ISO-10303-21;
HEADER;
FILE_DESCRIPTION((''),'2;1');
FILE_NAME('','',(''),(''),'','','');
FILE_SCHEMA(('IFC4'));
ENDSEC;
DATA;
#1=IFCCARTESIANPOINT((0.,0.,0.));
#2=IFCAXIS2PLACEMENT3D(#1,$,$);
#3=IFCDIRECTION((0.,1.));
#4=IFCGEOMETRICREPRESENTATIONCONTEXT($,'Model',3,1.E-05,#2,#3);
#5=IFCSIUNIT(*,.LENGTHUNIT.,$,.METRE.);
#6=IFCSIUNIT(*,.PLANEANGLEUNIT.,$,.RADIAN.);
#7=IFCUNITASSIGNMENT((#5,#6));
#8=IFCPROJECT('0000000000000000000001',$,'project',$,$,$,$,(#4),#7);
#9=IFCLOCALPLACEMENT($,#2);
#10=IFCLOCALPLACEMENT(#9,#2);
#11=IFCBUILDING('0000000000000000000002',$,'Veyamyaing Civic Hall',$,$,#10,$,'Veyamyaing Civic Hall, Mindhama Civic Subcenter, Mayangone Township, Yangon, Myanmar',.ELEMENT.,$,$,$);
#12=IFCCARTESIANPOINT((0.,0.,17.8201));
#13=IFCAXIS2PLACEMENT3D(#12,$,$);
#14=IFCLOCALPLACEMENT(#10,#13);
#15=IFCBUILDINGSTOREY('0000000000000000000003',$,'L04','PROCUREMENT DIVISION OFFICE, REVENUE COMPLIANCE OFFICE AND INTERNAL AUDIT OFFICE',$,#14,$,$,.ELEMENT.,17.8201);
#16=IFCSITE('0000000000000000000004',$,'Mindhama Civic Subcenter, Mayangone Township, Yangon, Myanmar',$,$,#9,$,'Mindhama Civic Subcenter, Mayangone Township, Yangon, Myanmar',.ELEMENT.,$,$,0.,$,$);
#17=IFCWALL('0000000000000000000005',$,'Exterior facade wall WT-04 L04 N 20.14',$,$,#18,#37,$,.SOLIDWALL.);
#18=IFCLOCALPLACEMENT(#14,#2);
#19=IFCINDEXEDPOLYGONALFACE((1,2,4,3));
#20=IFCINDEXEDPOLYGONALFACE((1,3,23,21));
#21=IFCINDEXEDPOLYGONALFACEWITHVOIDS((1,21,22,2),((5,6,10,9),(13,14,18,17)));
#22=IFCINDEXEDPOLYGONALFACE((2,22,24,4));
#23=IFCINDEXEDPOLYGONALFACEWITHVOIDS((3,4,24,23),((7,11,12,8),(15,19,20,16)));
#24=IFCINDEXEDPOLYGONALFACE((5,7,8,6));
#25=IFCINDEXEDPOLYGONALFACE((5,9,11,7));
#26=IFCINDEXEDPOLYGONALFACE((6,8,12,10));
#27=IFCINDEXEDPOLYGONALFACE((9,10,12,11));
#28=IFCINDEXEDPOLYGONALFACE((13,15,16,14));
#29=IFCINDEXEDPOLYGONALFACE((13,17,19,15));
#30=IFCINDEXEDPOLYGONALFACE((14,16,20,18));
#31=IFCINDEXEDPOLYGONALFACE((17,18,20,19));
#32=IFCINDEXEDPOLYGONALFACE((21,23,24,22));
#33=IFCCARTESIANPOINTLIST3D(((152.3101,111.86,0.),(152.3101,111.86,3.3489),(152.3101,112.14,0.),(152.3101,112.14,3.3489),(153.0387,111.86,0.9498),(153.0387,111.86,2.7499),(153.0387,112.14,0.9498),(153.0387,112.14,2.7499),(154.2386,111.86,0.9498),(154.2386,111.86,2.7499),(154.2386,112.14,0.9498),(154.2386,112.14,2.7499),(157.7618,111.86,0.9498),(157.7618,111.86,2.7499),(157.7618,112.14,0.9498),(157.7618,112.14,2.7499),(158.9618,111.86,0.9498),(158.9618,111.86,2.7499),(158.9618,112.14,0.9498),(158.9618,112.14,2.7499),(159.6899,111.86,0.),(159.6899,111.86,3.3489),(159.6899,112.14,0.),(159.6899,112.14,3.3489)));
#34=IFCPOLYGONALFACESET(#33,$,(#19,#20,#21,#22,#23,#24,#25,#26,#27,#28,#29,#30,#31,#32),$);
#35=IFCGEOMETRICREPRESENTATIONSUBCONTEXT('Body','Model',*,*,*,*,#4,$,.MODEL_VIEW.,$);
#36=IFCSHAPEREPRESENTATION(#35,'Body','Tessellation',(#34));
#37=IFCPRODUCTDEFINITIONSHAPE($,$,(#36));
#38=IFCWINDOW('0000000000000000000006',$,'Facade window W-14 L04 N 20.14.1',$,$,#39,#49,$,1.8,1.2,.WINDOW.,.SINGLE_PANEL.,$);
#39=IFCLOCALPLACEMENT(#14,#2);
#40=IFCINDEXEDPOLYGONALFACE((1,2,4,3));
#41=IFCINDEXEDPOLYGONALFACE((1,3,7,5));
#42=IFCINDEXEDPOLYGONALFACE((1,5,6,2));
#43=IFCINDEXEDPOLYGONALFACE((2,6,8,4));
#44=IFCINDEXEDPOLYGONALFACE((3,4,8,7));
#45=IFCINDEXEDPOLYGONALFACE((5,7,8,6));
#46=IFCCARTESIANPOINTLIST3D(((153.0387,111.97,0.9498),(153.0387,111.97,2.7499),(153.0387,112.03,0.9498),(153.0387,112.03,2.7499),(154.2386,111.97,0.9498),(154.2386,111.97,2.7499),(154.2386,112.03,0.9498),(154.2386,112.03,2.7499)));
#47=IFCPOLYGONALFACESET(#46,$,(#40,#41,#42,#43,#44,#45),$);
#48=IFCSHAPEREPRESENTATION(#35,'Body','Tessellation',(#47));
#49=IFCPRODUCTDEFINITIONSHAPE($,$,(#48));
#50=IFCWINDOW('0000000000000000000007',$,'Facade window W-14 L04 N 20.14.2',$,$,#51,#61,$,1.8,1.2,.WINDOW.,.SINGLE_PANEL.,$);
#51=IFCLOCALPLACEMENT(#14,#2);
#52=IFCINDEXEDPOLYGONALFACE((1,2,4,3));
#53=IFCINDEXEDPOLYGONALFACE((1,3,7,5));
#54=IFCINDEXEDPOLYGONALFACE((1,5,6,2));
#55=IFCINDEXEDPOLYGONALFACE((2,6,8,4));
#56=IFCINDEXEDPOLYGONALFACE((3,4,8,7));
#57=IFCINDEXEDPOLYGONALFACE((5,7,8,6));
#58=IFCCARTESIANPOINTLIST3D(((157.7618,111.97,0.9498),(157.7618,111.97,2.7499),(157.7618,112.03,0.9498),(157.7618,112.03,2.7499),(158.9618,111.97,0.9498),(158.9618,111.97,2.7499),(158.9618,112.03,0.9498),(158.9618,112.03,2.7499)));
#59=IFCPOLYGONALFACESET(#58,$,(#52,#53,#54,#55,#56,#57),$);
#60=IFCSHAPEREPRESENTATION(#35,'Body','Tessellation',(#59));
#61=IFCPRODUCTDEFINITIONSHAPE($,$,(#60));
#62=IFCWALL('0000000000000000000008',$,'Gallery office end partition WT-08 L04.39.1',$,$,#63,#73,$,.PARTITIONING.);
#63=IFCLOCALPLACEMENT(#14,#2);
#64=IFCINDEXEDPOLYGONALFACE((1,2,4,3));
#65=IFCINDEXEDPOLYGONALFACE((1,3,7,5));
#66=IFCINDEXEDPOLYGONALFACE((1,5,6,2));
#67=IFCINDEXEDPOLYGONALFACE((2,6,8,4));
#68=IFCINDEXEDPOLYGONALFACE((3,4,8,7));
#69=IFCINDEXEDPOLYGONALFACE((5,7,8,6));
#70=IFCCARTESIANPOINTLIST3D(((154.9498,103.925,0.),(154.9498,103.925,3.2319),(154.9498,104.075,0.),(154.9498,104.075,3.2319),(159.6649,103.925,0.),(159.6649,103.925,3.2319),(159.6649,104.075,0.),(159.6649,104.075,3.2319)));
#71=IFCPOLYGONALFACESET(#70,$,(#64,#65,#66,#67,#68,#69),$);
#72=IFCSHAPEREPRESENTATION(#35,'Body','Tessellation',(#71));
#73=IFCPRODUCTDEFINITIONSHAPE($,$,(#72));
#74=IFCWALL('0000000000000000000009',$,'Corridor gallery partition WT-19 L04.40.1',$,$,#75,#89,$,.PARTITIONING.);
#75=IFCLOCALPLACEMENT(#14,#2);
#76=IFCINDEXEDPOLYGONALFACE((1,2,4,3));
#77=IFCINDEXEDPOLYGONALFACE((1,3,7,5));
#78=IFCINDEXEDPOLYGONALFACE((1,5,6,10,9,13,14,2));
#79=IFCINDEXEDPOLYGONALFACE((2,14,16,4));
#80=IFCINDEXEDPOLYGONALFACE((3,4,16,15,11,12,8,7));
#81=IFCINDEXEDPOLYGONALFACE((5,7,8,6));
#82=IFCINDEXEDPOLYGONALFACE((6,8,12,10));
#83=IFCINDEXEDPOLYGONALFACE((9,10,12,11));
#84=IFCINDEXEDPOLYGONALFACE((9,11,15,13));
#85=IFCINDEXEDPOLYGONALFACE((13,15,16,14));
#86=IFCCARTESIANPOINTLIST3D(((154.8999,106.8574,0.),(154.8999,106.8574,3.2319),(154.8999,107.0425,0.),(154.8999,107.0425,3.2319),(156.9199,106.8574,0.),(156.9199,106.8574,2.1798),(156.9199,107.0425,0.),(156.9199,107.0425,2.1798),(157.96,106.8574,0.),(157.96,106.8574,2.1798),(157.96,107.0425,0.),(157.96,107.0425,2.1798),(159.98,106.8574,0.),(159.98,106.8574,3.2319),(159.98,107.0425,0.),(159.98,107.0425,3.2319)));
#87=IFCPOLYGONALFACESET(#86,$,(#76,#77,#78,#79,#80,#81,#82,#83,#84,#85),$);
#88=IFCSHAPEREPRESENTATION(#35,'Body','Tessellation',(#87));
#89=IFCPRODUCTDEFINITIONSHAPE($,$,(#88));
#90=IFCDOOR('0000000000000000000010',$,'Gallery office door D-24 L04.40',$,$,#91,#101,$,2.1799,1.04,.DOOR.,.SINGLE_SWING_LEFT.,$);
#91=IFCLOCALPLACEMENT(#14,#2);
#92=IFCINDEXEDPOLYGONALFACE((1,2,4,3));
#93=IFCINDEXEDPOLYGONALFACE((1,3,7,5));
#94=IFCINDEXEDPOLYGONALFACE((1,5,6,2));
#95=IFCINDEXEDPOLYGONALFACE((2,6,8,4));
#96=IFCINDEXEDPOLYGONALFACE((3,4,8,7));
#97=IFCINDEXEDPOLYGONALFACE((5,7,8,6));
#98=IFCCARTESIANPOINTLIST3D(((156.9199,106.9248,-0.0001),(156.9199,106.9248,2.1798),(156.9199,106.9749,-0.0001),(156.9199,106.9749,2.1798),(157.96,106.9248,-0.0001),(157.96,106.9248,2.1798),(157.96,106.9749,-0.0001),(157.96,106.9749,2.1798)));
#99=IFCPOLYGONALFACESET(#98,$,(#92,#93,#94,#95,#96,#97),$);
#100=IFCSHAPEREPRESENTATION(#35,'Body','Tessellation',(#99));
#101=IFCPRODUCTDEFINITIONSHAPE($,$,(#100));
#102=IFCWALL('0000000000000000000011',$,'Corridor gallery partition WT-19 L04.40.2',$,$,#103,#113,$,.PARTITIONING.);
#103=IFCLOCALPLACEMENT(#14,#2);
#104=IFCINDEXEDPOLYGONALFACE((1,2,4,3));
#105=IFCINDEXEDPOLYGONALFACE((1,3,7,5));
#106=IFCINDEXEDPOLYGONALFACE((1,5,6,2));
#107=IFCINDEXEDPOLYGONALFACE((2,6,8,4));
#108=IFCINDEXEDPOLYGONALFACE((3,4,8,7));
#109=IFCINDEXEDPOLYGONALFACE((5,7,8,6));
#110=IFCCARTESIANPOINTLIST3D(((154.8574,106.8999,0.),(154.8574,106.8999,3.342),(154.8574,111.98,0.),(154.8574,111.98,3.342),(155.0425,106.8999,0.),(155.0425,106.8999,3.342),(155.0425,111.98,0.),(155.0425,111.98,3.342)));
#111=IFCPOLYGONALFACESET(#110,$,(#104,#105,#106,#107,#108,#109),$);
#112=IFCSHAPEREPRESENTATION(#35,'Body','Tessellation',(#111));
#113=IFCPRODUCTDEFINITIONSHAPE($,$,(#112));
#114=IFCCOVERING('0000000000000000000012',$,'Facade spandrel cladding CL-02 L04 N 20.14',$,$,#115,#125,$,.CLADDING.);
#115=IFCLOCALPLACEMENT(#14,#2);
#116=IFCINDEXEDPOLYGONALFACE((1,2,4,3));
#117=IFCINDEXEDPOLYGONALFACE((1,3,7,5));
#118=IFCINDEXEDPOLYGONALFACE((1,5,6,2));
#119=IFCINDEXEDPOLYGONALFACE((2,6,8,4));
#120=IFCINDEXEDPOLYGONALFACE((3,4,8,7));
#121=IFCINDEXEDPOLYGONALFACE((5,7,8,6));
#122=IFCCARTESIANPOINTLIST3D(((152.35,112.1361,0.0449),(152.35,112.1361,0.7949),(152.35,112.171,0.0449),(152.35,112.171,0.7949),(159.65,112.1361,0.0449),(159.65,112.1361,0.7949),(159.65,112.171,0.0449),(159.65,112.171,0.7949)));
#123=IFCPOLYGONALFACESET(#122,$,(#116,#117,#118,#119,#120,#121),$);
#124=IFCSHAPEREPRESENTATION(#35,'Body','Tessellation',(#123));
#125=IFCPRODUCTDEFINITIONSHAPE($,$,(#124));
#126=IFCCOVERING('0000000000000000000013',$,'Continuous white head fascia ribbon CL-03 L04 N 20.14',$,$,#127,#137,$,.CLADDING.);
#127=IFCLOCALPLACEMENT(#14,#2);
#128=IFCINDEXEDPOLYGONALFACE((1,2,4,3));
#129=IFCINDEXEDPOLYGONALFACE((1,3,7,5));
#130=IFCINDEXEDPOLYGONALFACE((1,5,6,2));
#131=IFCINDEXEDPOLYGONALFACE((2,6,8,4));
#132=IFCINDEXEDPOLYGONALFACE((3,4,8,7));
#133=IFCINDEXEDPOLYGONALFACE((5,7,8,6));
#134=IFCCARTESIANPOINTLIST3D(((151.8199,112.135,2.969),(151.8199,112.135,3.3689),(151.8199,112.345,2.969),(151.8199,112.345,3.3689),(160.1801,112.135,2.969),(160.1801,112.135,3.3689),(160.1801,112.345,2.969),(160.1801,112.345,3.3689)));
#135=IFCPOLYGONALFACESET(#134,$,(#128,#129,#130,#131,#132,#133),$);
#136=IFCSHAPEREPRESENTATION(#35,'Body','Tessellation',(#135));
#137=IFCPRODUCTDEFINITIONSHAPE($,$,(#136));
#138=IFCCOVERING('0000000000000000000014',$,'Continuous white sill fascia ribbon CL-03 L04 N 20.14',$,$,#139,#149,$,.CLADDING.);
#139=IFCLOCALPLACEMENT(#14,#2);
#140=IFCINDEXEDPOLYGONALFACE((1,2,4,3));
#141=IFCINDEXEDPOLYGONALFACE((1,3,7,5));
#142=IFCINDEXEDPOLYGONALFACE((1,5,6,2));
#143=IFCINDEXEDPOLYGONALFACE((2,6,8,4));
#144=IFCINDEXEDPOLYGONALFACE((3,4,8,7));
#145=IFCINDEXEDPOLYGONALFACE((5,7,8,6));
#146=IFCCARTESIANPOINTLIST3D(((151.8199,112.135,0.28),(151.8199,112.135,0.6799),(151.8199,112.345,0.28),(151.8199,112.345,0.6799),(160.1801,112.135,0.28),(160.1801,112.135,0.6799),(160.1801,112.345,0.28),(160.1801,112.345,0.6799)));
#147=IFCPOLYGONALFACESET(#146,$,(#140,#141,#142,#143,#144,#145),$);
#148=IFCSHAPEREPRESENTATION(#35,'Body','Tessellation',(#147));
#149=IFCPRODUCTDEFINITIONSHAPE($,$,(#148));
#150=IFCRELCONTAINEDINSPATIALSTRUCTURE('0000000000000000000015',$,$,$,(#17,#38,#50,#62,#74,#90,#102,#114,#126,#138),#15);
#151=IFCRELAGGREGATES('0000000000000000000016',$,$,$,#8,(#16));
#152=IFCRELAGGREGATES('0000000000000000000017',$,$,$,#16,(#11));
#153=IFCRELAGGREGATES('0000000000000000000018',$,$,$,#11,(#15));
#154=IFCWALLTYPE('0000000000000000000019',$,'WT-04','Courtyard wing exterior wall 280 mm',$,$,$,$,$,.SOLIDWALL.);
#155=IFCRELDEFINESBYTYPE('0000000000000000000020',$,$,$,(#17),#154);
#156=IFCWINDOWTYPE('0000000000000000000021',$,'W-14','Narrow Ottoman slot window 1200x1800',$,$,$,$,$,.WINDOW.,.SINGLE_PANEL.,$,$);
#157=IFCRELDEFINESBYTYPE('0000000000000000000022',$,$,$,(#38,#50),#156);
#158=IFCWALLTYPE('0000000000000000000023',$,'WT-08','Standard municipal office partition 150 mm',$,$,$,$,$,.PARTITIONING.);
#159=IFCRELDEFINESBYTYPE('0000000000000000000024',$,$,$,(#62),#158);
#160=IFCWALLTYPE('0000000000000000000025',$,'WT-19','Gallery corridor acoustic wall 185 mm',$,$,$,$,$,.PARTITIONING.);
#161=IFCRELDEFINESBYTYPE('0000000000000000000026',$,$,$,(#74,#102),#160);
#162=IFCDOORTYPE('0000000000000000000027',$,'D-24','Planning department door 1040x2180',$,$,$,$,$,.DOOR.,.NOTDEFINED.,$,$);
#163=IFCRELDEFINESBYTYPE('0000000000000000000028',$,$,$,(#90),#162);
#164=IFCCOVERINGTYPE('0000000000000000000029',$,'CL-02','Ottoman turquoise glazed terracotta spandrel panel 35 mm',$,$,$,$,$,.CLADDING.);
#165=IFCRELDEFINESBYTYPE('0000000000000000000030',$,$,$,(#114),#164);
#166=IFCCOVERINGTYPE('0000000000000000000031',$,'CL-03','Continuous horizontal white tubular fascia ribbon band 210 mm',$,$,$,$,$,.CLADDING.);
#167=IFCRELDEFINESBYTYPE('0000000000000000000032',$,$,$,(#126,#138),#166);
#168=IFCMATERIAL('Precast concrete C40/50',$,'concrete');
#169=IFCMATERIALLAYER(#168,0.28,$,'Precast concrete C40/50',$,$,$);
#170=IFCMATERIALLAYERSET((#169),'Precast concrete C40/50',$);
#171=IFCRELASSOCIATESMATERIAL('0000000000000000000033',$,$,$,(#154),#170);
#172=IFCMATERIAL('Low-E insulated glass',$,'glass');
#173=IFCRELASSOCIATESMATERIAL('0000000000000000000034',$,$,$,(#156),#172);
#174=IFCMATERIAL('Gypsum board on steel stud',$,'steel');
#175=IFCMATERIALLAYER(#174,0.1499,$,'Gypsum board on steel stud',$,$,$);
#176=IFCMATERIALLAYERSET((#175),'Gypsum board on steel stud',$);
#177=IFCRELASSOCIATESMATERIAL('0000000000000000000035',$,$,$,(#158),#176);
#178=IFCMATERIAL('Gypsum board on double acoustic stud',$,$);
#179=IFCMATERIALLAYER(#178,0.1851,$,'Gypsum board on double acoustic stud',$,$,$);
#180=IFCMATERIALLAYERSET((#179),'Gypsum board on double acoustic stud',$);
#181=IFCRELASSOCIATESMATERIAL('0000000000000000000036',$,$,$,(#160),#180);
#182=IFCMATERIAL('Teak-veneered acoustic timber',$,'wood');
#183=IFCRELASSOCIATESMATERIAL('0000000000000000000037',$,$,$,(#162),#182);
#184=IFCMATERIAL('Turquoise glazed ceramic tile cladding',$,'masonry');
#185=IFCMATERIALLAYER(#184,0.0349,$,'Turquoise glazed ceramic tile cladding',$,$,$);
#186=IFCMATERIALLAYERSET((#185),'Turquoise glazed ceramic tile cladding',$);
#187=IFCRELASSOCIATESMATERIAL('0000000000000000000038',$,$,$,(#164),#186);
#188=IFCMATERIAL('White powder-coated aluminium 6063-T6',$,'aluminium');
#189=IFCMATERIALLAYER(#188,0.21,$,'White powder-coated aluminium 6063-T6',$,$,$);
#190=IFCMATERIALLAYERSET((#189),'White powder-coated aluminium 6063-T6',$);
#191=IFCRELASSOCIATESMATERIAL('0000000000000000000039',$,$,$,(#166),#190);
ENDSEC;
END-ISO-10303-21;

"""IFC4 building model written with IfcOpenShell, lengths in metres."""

from ifc_helpers import new_model, si_unit, direction, frame, frame_2d, origin, origin_2d, place, context, subcontext, project, spatial, rectangle, extrude, material, layer, layer_set, type_object, element, fill, save


model = new_model("IFC4")

# Units and contexts
model_context = context("Model", 3, precision=1e-05, world=origin(), true_north=direction((0.0, 1.0)))
body_context = subcontext(model_context, "Body", "Model", "MODEL_VIEW")
ifc_project = project(units=[si_unit("LENGTHUNIT", "METRE"), si_unit("PLANEANGLEUNIT", "RADIAN")], contexts=[model_context])

# Site, building, storey
site_placement = place(None, origin())
site = spatial("IfcSite", under=ifc_project, at=site_placement, Name="Mindhama Civic Subcenter, Mayangone Township, Yangon, Myanmar", LongName="Mindhama Civic Subcenter, Mayangone Township, Yangon, Myanmar", CompositionType="ELEMENT", RefElevation=0.0)
building_placement = place(site_placement, origin())
building = spatial("IfcBuilding", under=site, at=building_placement, Name="Veyamyaing Civic Hall", LongName="Veyamyaing Civic Hall, Mindhama Civic Subcenter, Mayangone Township, Yangon, Myanmar", CompositionType="ELEMENT")
storey_placement = place(building_placement, frame((0.0, 0.0, 17.8201)))
storey = spatial("IfcBuildingStorey", under=building, at=storey_placement, Name="L04", Description="PROCUREMENT DIVISION OFFICE, REVENUE COMPLIANCE OFFICE AND INTERNAL AUDIT OFFICE", CompositionType="ELEMENT", Elevation=17.8201)

# Wall, openings, windows
ifc_material_1 = material(Name="Precast concrete C40/50", Category="concrete")
ifc_layer_1 = layer(ifc_material_1, 0.28, Name="Precast concrete C40/50")
ifc_layer_set_1 = layer_set([ifc_layer_1], Name="Precast concrete C40/50")
wall_type_1 = type_object("IfcWallType", Name="WT-04", Description="Courtyard wing exterior wall 280 mm", PredefinedType="SOLIDWALL", material=ifc_layer_set_1)
wall_1_placement = place(storey_placement, frame((152.3101, 112.0, 0.0), z_axis=(0.0, 0.0, 1.0), x_axis=(1.0, 0.0, 0.0)))
wall_1 = element("IfcWall", 1, at=wall_1_placement, inside=storey, type_object=wall_type_1, Name="Exterior facade wall WT-04 L04 N 20.14", PredefinedType="SOLIDWALL", context=body_context, shape_type="SweptSolid", body=[
    extrude(rectangle(XDim=7.3799, YDim=0.28, at=frame_2d((3.6899, 0.0))), origin(), (0.0, 0.0, 1.0), 3.3489),
])
opening_1_placement = place(wall_1_placement, frame((0.7285, 0.0, 0.95)))
opening_1 = element("IfcOpeningElement", 2, at=opening_1_placement, cuts=wall_1, PredefinedType="OPENING", context=body_context, shape_type="SweptSolid", body=[
    extrude(rectangle(XDim=1.2, YDim=1.8, at=frame_2d((0.6001, 0.8999))), frame((0.0, 0.1499, 0.0), z_axis=(0.0, -1.0, 0.0), x_axis=(1.0, 0.0, 0.0)), (0.0, 0.0, 1.0), 0.3),
])
opening_2_placement = place(wall_1_placement, frame((5.4517, 0.0, 0.95)))
opening_2 = element("IfcOpeningElement", 3, at=opening_2_placement, cuts=wall_1, PredefinedType="OPENING", context=body_context, shape_type="SweptSolid", body=[
    extrude(rectangle(XDim=1.2, YDim=1.8, at=frame_2d((0.6001, 0.8999))), frame((0.0, 0.1499, 0.0), z_axis=(0.0, -1.0, 0.0), x_axis=(1.0, 0.0, 0.0)), (0.0, 0.0, 1.0), 0.3),
])
ifc_material_2 = material(Name="Low-E insulated glass", Category="glass")
window_type = type_object("IfcWindowType", Name="W-14", Description="Narrow Ottoman slot window 1200x1800", PartitioningType="SINGLE_PANEL", PredefinedType="WINDOW", material=ifc_material_2)
window_1_placement = place(opening_1_placement, origin())
window_1 = element("IfcWindow", 4, at=window_1_placement, inside=storey, type_object=window_type, Name="Facade window W-14 L04 N 20.14.1", OverallHeight=1.8, OverallWidth=1.2, PartitioningType="SINGLE_PANEL", PredefinedType="WINDOW", context=body_context, shape_type="SweptSolid", body=[
    extrude(rectangle(XDim=1.2, YDim=1.8, at=frame_2d((0.6001, 0.8999))), frame((0.0, 0.03, 0.0), z_axis=(0.0, -1.0, 0.0), x_axis=(1.0, 0.0, 0.0)), (0.0, 0.0, 1.0), 0.0601),
])
fill(opening_1, window_1)
window_2_placement = place(opening_2_placement, origin())
window_2 = element("IfcWindow", 5, at=window_2_placement, inside=storey, type_object=window_type, Name="Facade window W-14 L04 N 20.14.2", OverallHeight=1.8, OverallWidth=1.2, PartitioningType="SINGLE_PANEL", PredefinedType="WINDOW", context=body_context, shape_type="SweptSolid", body=[
    extrude(rectangle(XDim=1.2, YDim=1.8, at=frame_2d((0.6001, 0.8999))), frame((0.0, 0.03, 0.0), z_axis=(0.0, -1.0, 0.0), x_axis=(1.0, 0.0, 0.0)), (0.0, 0.0, 1.0), 0.0601),
])
fill(opening_2, window_2)

# Wall
ifc_material_3 = material(Name="Gypsum board on steel stud", Category="steel")
ifc_layer_2 = layer(ifc_material_3, 0.1499, Name="Gypsum board on steel stud")
ifc_layer_set_2 = layer_set([ifc_layer_2], Name="Gypsum board on steel stud")
wall_type_2 = type_object("IfcWallType", Name="WT-08", Description="Standard municipal office partition 150 mm", PredefinedType="PARTITIONING", material=ifc_layer_set_2)
wall_2_placement = place(storey_placement, frame((154.95, 104.0, 0.0), z_axis=(0.0, 0.0, 1.0), x_axis=(1.0, 0.0, 0.0)))
element("IfcWall", 6, at=wall_2_placement, inside=storey, type_object=wall_type_2, Name="Gallery office end partition WT-08 L04.39.1", PredefinedType="PARTITIONING", context=body_context, shape_type="SweptSolid", body=[
    extrude(rectangle(XDim=4.7151, YDim=0.1499, at=frame_2d((2.3574, 0.0))), origin(), (0.0, 0.0, 1.0), 3.2319),
])

# Wall, opening, door
ifc_material_4 = material(Name="Gypsum board on double acoustic stud")
ifc_layer_3 = layer(ifc_material_4, 0.1851, Name="Gypsum board on double acoustic stud")
ifc_layer_set_3 = layer_set([ifc_layer_3], Name="Gypsum board on double acoustic stud")
wall_type_3 = type_object("IfcWallType", Name="WT-19", Description="Gallery corridor acoustic wall 185 mm", PredefinedType="PARTITIONING", material=ifc_layer_set_3)
wall_3_placement = place(storey_placement, frame((154.8999, 106.95, 0.0), z_axis=(0.0, 0.0, 1.0), x_axis=(1.0, 0.0, 0.0)))
wall_3 = element("IfcWall", 7, at=wall_3_placement, inside=storey, type_object=wall_type_3, Name="Corridor gallery partition WT-19 L04.40.1", PredefinedType="PARTITIONING", context=body_context, shape_type="SweptSolid", body=[
    extrude(rectangle(XDim=5.0801, YDim=0.1851, at=frame_2d((2.54, 0.0))), origin(), (0.0, 0.0, 1.0), 3.2319),
])
opening_3_placement = place(wall_3_placement, frame((2.02, 0.0, 0.0)))
opening_3 = element("IfcOpeningElement", 8, at=opening_3_placement, cuts=wall_3, PredefinedType="OPENING", context=body_context, shape_type="SweptSolid", body=[
    extrude(rectangle(XDim=1.04, YDim=2.1799, at=frame_2d((0.52, 1.0898))), frame((0.0, 0.1025, 0.0), z_axis=(0.0, -1.0, 0.0), x_axis=(1.0, 0.0, 0.0)), (0.0, 0.0, 1.0), 0.2051),
])
ifc_material_5 = material(Name="Teak-veneered acoustic timber", Category="wood")
door_type = type_object("IfcDoorType", Name="D-24", Description="Planning department door 1040x2180", OperationType="NOTDEFINED", PredefinedType="DOOR", material=ifc_material_5)
door_placement = place(opening_3_placement, origin())
door = element("IfcDoor", 9, at=door_placement, inside=storey, type_object=door_type, Name="Gallery office door D-24 L04.40", OperationType="SINGLE_SWING_LEFT", OverallHeight=2.1799, OverallWidth=1.04, PredefinedType="DOOR", context=body_context, shape_type="SweptSolid", body=[
    extrude(rectangle(XDim=1.04, YDim=2.1799, at=frame_2d((0.52, 1.0898))), frame((0.0, 0.0249, 0.0), z_axis=(0.0, -1.0, 0.0), x_axis=(1.0, 0.0, 0.0)), (0.0, 0.0, 1.0), 0.05),
])
fill(opening_3, door)

# Wall
wall_4_placement = place(storey_placement, frame((154.95, 106.8999, 0.0), z_axis=(0.0, 0.0, 1.0), x_axis=(0.0, 1.0, 0.0)))
element("IfcWall", 10, at=wall_4_placement, inside=storey, type_object=wall_type_3, Name="Corridor gallery partition WT-19 L04.40.2", PredefinedType="PARTITIONING", context=body_context, shape_type="SweptSolid", body=[
    extrude(rectangle(XDim=5.0801, YDim=0.1851, at=frame_2d((2.54, 0.0))), origin(), (0.0, 0.0, 1.0), 3.342),
])

# Coverings
ifc_material_6 = material(Name="Turquoise glazed ceramic tile cladding", Category="masonry")
ifc_layer_4 = layer(ifc_material_6, 0.0349, Name="Turquoise glazed ceramic tile cladding")
ifc_layer_set_4 = layer_set([ifc_layer_4], Name="Turquoise glazed ceramic tile cladding")
covering_type_1 = type_object("IfcCoveringType", Name="CL-02", Description="Ottoman turquoise glazed terracotta spandrel panel 35 mm", PredefinedType="CLADDING", material=ifc_layer_set_4)
covering_placement = place(storey_placement, frame((156.0, 112.1536, 0.0449), z_axis=(0.0, 0.0, 1.0), x_axis=(1.0, 0.0, 0.0)))
element("IfcCovering", 11, at=covering_placement, inside=storey, type_object=covering_type_1, Name="Facade spandrel cladding CL-02 L04 N 20.14", PredefinedType="CLADDING", context=body_context, shape_type="SweptSolid", body=[
    extrude(rectangle(XDim=7.3, YDim=0.0349, at=origin_2d()), origin(), (0.0, 0.0, 1.0), 0.75),
])
ifc_material_7 = material(Name="White powder-coated aluminium 6063-T6", Category="aluminium")
ifc_layer_5 = layer(ifc_material_7, 0.21, Name="White powder-coated aluminium 6063-T6")
ifc_layer_set_5 = layer_set([ifc_layer_5], Name="White powder-coated aluminium 6063-T6")
covering_type_2 = type_object("IfcCoveringType", Name="CL-03", Description="Continuous horizontal white tubular fascia ribbon band 210 mm", PredefinedType="CLADDING", material=ifc_layer_set_5)
for number, where, z_axis, x_axis, name in (
    (12, (156.0, 112.24, 2.969), (0.0, 0.0, 1.0), (1.0, 0.0, 0.0), "Continuous white head fascia ribbon CL-03 L04 N 20.14"),
    (13, (156.0, 112.24, 0.28), (0.0, 0.0, 1.0), (1.0, 0.0, 0.0), "Continuous white sill fascia ribbon CL-03 L04 N 20.14"),
):
    element("IfcCovering", number, at=place(storey_placement, frame(where, z_axis=z_axis, x_axis=x_axis)), inside=storey, type_object=covering_type_2, Name=name, PredefinedType="CLADDING", context=body_context, shape_type="SweptSolid", body=[
        extrude(rectangle(XDim=8.3601, YDim=0.21, at=origin_2d()), origin(), (0.0, 0.0, 1.0), 0.3999),
    ])

save(model, "model.ifc")
